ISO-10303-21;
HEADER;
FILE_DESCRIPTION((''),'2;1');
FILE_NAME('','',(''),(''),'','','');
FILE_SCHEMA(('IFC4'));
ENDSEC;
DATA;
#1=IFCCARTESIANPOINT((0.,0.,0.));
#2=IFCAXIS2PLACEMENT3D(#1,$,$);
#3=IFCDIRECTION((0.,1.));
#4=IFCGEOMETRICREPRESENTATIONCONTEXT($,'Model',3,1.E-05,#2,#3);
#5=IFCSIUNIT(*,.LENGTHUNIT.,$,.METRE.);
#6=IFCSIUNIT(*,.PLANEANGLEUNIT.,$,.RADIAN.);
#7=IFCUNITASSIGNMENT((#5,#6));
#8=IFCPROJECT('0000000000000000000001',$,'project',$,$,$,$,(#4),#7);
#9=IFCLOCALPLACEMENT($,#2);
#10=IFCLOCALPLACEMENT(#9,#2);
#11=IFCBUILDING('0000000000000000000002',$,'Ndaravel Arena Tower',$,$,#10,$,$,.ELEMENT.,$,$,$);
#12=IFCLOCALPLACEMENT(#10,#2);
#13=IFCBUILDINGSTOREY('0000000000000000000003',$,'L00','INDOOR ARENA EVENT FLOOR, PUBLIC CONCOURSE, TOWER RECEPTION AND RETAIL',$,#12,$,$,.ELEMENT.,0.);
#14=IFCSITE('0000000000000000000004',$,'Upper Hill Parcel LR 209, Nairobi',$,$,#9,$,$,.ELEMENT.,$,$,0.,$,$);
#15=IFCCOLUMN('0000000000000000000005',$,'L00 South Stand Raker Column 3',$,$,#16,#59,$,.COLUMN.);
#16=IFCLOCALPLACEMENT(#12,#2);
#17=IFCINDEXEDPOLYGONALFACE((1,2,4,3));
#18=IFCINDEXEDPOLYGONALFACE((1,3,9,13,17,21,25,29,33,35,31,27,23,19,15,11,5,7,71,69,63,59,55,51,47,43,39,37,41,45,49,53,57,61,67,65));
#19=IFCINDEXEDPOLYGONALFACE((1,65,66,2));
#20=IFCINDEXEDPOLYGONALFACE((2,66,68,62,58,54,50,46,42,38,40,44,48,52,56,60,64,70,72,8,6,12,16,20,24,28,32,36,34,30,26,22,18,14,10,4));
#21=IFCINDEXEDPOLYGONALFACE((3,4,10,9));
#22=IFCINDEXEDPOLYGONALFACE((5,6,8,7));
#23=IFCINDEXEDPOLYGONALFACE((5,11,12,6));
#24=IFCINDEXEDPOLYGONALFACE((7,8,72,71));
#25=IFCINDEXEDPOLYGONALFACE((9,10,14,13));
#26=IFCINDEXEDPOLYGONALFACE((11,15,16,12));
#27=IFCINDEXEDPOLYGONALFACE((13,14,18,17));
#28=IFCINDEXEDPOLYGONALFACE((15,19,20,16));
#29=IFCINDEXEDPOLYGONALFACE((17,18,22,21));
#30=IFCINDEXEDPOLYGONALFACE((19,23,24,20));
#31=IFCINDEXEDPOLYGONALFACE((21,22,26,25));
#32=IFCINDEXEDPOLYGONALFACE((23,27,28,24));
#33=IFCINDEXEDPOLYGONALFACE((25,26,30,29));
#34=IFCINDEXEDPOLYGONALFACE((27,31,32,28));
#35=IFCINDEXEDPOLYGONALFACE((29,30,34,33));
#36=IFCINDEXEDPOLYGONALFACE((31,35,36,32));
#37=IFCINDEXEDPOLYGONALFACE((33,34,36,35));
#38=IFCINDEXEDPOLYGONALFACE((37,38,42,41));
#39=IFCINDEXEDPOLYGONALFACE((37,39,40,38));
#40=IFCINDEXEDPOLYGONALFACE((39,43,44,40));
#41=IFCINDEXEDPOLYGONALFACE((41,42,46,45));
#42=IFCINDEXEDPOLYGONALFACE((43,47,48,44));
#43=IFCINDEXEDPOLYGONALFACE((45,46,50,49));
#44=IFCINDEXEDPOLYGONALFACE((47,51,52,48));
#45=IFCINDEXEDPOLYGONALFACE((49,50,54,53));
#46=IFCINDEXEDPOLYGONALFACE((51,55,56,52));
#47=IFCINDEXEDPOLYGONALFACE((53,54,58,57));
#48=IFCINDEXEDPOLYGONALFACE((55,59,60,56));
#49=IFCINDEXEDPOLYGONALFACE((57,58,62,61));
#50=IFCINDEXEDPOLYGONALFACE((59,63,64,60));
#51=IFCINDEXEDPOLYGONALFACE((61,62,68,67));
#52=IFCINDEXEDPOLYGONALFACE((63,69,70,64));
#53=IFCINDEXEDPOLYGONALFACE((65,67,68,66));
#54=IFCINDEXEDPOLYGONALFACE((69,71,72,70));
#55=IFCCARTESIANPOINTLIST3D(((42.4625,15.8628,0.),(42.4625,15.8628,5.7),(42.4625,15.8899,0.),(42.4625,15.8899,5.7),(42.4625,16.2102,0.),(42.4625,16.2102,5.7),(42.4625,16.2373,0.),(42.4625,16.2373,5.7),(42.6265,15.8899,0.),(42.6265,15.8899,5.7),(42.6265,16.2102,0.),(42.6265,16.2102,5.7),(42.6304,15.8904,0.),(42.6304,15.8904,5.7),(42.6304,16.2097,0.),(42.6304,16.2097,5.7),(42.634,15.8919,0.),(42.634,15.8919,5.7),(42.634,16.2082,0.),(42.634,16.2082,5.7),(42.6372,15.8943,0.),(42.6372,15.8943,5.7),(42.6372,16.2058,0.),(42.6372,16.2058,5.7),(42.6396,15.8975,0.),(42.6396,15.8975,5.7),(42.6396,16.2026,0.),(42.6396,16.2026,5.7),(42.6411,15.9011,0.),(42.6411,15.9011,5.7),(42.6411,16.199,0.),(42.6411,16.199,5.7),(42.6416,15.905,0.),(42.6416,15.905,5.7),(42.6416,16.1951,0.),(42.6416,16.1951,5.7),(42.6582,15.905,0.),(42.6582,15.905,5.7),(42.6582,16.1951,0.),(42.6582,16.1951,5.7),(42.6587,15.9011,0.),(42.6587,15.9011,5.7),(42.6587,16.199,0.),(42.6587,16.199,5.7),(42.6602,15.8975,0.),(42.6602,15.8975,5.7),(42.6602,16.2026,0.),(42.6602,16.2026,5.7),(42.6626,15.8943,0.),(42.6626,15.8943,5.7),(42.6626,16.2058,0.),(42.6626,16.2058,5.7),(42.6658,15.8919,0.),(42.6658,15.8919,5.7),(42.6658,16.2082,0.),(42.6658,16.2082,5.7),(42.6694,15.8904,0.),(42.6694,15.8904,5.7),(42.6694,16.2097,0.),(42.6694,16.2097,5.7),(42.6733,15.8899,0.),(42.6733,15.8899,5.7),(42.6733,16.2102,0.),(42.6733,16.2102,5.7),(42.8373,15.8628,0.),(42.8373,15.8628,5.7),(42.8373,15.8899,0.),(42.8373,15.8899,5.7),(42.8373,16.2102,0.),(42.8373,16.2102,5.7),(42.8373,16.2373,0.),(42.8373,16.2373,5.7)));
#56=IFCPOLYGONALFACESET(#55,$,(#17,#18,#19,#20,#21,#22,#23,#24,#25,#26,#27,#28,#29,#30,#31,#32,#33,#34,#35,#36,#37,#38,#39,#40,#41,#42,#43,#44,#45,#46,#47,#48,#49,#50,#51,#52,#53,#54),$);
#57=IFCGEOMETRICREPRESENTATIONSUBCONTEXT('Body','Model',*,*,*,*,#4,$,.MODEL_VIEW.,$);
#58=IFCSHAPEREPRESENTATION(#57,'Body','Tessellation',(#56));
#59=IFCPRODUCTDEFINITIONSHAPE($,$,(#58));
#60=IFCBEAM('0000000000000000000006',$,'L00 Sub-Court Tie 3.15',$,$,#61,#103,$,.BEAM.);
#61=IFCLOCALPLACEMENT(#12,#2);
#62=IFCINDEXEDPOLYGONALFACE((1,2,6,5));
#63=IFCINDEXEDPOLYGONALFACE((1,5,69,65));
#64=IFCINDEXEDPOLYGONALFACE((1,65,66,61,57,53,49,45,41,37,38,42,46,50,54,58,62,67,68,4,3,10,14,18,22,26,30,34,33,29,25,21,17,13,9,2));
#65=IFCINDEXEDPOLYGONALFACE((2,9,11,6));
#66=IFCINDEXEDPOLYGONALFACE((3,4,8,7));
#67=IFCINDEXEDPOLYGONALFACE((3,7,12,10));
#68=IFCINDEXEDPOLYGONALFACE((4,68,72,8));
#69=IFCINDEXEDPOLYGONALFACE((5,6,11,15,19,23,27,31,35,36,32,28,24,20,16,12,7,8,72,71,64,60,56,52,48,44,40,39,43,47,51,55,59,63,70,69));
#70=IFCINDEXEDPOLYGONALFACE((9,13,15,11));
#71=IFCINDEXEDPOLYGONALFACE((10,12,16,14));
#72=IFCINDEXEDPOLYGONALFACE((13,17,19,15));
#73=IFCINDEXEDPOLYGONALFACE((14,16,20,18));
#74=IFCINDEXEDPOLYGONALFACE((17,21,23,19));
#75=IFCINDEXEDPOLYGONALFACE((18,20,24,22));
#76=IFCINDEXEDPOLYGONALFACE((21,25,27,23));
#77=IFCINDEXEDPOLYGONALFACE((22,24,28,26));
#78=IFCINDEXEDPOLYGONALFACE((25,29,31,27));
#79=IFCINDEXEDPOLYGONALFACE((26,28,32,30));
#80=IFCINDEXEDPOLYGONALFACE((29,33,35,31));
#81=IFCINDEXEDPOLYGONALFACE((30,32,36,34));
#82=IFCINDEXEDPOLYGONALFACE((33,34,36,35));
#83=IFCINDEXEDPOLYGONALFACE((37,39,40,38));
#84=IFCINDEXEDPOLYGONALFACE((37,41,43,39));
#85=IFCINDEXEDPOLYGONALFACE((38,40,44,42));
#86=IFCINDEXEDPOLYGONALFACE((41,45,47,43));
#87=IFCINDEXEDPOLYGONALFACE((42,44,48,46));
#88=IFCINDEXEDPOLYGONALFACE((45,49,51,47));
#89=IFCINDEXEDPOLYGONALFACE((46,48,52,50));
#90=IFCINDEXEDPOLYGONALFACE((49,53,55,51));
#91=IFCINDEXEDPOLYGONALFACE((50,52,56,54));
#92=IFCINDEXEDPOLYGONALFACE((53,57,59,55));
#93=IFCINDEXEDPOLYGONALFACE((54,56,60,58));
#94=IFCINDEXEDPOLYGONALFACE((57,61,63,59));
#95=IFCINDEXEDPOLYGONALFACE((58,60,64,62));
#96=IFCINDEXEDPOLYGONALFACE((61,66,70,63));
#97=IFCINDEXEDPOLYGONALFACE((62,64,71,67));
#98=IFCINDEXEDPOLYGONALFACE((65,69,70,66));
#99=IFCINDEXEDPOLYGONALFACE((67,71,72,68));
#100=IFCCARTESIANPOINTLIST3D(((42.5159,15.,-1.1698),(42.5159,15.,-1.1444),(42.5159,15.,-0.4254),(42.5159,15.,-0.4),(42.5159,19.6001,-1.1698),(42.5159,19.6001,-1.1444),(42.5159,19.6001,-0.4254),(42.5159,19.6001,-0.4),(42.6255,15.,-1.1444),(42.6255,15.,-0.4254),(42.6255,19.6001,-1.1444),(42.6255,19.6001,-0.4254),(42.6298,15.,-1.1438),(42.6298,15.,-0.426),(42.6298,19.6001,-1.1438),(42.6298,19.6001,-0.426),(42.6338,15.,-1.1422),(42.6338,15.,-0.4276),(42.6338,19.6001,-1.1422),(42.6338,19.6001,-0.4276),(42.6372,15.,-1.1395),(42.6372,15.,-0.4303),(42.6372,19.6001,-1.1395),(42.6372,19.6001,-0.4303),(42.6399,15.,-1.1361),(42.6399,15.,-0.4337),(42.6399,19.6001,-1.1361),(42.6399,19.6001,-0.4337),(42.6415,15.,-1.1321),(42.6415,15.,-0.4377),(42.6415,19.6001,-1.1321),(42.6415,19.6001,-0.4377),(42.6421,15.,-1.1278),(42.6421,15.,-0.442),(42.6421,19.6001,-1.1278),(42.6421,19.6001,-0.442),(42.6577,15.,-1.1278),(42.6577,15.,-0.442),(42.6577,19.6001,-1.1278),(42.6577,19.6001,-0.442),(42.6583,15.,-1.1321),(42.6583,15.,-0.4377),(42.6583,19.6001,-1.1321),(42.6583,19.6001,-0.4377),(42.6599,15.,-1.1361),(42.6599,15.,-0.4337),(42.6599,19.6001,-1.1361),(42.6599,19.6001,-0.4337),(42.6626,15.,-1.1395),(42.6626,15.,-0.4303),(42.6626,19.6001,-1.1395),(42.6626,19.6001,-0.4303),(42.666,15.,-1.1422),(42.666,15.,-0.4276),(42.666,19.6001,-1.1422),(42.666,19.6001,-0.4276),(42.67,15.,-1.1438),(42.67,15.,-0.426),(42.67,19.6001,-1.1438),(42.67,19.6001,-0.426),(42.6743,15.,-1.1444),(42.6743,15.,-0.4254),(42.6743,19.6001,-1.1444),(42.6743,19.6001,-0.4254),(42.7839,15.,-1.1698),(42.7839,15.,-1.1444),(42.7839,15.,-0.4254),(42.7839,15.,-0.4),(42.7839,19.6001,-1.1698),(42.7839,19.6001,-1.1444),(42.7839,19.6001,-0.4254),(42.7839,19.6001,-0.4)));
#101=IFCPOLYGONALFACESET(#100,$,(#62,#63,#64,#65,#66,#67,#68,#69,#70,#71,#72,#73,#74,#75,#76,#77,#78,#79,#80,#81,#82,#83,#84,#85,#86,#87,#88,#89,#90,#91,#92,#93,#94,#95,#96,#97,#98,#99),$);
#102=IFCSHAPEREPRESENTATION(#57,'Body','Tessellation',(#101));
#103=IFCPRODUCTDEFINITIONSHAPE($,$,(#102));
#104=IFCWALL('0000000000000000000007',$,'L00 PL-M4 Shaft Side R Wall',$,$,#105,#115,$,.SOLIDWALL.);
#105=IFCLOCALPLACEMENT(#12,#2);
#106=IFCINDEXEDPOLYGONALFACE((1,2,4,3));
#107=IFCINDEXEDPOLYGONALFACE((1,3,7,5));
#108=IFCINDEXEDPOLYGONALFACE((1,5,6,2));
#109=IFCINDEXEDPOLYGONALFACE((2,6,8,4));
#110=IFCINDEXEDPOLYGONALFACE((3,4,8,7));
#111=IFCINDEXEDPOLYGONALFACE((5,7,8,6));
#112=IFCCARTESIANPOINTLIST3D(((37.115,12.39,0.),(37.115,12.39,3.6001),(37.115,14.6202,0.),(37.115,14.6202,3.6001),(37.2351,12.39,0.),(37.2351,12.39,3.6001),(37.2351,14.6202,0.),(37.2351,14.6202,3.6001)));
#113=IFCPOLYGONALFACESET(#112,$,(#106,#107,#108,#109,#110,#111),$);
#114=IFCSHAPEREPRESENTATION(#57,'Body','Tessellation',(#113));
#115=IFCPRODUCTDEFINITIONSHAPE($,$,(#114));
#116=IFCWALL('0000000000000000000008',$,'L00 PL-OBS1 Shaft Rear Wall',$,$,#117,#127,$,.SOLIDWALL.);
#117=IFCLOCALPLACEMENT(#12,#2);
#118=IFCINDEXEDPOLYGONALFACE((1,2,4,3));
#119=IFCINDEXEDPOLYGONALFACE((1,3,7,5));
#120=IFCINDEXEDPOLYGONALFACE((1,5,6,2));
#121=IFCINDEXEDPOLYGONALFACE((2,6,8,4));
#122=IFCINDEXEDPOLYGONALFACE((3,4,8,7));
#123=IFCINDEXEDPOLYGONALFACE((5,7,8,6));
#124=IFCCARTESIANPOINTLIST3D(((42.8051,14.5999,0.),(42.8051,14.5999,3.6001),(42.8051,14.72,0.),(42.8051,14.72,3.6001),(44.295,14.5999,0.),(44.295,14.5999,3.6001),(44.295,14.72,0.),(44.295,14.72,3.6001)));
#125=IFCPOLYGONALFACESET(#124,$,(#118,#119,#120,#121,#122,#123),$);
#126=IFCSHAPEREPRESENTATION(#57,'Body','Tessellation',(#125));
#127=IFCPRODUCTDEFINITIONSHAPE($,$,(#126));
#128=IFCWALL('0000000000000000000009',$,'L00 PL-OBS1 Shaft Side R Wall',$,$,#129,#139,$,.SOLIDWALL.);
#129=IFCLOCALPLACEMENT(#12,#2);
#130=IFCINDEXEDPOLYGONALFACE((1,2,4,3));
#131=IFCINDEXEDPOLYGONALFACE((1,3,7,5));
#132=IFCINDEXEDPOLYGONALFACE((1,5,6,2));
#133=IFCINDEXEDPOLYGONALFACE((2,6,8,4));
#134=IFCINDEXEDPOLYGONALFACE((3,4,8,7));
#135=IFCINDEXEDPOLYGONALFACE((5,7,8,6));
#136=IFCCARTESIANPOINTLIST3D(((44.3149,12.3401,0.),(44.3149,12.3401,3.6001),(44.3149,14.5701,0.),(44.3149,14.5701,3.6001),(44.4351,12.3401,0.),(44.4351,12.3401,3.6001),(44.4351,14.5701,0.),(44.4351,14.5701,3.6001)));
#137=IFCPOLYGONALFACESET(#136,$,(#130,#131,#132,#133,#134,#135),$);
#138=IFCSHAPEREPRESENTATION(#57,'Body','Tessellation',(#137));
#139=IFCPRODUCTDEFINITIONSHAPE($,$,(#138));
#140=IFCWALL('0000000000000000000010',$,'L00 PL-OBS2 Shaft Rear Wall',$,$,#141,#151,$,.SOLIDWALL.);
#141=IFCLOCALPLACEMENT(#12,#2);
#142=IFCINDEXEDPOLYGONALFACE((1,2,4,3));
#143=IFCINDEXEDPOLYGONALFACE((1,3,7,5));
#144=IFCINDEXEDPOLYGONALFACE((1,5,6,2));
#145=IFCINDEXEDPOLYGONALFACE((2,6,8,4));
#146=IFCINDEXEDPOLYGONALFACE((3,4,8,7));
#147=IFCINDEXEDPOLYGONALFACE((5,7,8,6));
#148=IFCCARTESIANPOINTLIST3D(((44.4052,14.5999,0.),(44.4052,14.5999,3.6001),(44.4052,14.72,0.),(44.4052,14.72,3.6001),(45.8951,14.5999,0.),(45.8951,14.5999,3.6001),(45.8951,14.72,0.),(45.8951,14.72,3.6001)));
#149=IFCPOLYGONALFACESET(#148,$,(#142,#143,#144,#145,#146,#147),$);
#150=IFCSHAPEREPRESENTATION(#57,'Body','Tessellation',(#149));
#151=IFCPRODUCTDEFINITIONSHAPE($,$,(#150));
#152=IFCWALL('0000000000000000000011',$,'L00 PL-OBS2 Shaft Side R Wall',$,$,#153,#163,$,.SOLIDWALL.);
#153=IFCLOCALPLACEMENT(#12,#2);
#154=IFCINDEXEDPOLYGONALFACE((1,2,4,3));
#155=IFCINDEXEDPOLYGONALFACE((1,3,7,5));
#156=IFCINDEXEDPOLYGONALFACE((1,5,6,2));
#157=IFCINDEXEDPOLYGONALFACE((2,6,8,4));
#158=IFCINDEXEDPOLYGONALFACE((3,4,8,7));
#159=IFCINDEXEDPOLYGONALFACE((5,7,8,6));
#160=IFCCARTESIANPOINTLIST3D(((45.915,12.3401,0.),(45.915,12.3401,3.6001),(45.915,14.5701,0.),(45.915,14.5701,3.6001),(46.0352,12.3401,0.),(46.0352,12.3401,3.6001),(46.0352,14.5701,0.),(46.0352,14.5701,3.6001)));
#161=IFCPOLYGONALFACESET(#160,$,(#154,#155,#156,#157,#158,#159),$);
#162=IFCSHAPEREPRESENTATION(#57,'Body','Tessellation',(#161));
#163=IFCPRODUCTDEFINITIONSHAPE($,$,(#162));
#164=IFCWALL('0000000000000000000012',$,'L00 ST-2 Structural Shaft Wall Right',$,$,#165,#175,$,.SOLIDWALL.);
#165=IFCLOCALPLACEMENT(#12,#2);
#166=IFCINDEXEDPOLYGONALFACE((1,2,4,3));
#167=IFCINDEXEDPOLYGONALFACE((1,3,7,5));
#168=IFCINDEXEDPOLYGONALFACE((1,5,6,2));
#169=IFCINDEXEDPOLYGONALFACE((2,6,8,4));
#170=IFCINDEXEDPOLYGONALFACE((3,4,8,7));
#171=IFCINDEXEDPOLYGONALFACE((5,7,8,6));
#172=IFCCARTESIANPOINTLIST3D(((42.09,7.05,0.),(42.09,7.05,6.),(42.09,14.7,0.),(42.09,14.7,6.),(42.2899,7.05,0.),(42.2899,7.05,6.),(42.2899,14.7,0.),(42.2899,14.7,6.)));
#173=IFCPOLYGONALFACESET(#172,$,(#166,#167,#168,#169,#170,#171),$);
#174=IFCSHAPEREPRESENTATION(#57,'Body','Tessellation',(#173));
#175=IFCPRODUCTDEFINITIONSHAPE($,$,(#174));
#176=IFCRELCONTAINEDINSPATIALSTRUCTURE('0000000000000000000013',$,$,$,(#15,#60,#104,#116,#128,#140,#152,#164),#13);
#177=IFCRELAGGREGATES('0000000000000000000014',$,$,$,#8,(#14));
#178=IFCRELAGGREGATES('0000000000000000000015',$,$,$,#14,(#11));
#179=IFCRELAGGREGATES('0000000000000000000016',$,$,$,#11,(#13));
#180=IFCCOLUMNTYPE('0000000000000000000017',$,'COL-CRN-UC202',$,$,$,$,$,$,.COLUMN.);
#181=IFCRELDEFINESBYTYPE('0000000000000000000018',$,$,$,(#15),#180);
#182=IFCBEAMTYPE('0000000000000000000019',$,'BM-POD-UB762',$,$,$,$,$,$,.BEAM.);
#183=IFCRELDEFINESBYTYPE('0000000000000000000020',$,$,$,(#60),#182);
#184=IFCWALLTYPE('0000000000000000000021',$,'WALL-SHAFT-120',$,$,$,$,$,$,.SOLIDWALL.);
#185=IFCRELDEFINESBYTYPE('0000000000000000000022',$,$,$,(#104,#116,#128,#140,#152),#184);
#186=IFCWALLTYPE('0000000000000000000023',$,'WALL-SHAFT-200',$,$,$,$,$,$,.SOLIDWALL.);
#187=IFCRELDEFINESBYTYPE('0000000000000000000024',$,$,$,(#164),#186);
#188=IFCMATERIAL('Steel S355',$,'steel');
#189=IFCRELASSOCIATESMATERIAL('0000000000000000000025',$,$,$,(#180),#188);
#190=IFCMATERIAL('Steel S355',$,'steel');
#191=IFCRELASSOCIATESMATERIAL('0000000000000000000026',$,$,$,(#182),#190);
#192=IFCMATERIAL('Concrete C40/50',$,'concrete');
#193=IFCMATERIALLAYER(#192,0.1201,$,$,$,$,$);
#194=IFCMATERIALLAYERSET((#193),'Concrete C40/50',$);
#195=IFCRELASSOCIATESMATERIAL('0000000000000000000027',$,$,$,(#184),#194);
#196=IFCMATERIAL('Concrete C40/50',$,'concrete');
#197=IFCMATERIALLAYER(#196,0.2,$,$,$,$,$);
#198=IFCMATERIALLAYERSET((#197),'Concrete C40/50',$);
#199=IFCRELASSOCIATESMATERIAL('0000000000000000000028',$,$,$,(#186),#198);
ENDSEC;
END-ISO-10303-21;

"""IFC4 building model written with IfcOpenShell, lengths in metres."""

from ifc_helpers import new_model, si_unit, direction, frame, frame_2d, origin, origin_2d, place, context, subcontext, project, spatial, rectangle, i_section, extrude, material, layer, layer_set, material_profile, profile_set, type_object, element, save


model = new_model("IFC4")

# Units and contexts
model_context = context("Model", 3, precision=1e-05, world=origin(), true_north=direction((0.0, 1.0)))
body_context = subcontext(model_context, "Body", "Model", "MODEL_VIEW")
ifc_project = project(units=[si_unit("LENGTHUNIT", "METRE"), si_unit("PLANEANGLEUNIT", "RADIAN")], contexts=[model_context])

# Site, building, storey
site_placement = place(None, origin())
site = spatial("IfcSite", under=ifc_project, at=site_placement, Name="Upper Hill Parcel LR 209, Nairobi", CompositionType="ELEMENT", RefElevation=0.0)
building_placement = place(site_placement, origin())
building = spatial("IfcBuilding", under=site, at=building_placement, Name="Ndaravel Arena Tower", CompositionType="ELEMENT")
storey_placement = place(building_placement, origin())
storey = spatial("IfcBuildingStorey", under=building, at=storey_placement, Name="L00", Description="INDOOR ARENA EVENT FLOOR, PUBLIC CONCOURSE, TOWER RECEPTION AND RETAIL", CompositionType="ELEMENT", Elevation=0.0)

# Column
ifc_material_1 = material(Name="Steel S355", Category="steel")
ifc_material_profile_1 = material_profile(ifc_material_1, i_section(OverallWidth=0.3748, OverallDepth=0.3745, WebThickness=0.0166, FlangeThickness=0.0271, FilletRadius=0.0151, at=origin_2d()), Name="UC 356x368x202")
ifc_profile_set_1 = profile_set([ifc_material_profile_1], Name="Steel S355")
column_type = type_object("IfcColumnType", Name="COL-CRN-UC202", PredefinedType="COLUMN", material=ifc_profile_set_1)
column_placement = place(storey_placement, frame((42.6499, 16.05, 0.0), z_axis=(0.0, 0.0, 1.0), x_axis=(1.0, 0.0, 0.0)))
element("IfcColumn", 1, at=column_placement, inside=storey, type_object=column_type, Name="L00 South Stand Raker Column 3", PredefinedType="COLUMN", context=body_context, shape_type="SweptSolid", body=[
    extrude(i_section(OverallWidth=0.3748, OverallDepth=0.3745, WebThickness=0.0166, FlangeThickness=0.0271, FilletRadius=0.0151, at=origin_2d()), origin(), (0.0, 0.0, 1.0), 5.7),
])

# Beam
ifc_material_2 = material(Name="Steel S355", Category="steel")
ifc_material_profile_2 = material_profile(ifc_material_2, i_section(OverallWidth=0.2681, OverallDepth=0.7698, WebThickness=0.0156, FlangeThickness=0.0254, FilletRadius=0.0166, at=origin_2d()), Name="UB 762x267x197")
ifc_profile_set_2 = profile_set([ifc_material_profile_2], Name="Steel S355")
beam_type = type_object("IfcBeamType", Name="BM-POD-UB762", PredefinedType="BEAM", material=ifc_profile_set_2)
beam_placement = place(storey_placement, frame((42.6499, 15.0, -0.7849), z_axis=(0.0, 1.0, 0.0), x_axis=(-1.0, 0.0, 0.0)))
element("IfcBeam", 2, at=beam_placement, inside=storey, type_object=beam_type, Name="L00 Sub-Court Tie 3.15", PredefinedType="BEAM", context=body_context, shape_type="SweptSolid", body=[
    extrude(i_section(OverallWidth=0.2681, OverallDepth=0.7698, WebThickness=0.0156, FlangeThickness=0.0254, FilletRadius=0.0166, at=origin_2d()), origin(), (0.0, 0.0, 1.0), 4.6001),
])

# Walls
ifc_material_3 = material(Name="Concrete C40/50", Category="concrete")
ifc_layer_1 = layer(ifc_material_3, 0.1201)
ifc_layer_set_1 = layer_set([ifc_layer_1], Name="Concrete C40/50")
wall_type_1 = type_object("IfcWallType", Name="WALL-SHAFT-120", PredefinedType="SOLIDWALL", material=ifc_layer_set_1)
wall_1_placement = place(storey_placement, frame((37.175, 12.3899, 0.0), z_axis=(0.0, 0.0, 1.0), x_axis=(0.0, 1.0, 0.0)))
element("IfcWall", 3, at=wall_1_placement, inside=storey, type_object=wall_type_1, Name="L00 PL-M4 Shaft Side R Wall", PredefinedType="SOLIDWALL", context=body_context, shape_type="SweptSolid", body=[
    extrude(rectangle(XDim=2.2302, YDim=0.1201, at=frame_2d((1.1152, 0.0))), origin(), (0.0, 0.0, 1.0), 3.6001),
])
wall_2_placement = place(storey_placement, frame((42.8049, 14.6599, 0.0), z_axis=(0.0, 0.0, 1.0), x_axis=(1.0, 0.0, 0.0)))
element("IfcWall", 4, at=wall_2_placement, inside=storey, type_object=wall_type_1, Name="L00 PL-OBS1 Shaft Rear Wall", PredefinedType="SOLIDWALL", context=body_context, shape_type="SweptSolid", body=[
    extrude(rectangle(XDim=1.49, YDim=0.1201, at=frame_2d((0.7451, 0.0))), origin(), (0.0, 0.0, 1.0), 3.6001),
])
wall_3_placement = place(storey_placement, frame((44.375, 12.3401, 0.0), z_axis=(0.0, 0.0, 1.0), x_axis=(0.0, 1.0, 0.0)))
element("IfcWall", 5, at=wall_3_placement, inside=storey, type_object=wall_type_1, Name="L00 PL-OBS1 Shaft Side R Wall", PredefinedType="SOLIDWALL", context=body_context, shape_type="SweptSolid", body=[
    extrude(rectangle(XDim=2.23, YDim=0.1201, at=frame_2d((1.115, 0.0))), origin(), (0.0, 0.0, 1.0), 3.6001),
])
wall_4_placement = place(storey_placement, frame((44.405, 14.6599, 0.0), z_axis=(0.0, 0.0, 1.0), x_axis=(1.0, 0.0, 0.0)))
element("IfcWall", 6, at=wall_4_placement, inside=storey, type_object=wall_type_1, Name="L00 PL-OBS2 Shaft Rear Wall", PredefinedType="SOLIDWALL", context=body_context, shape_type="SweptSolid", body=[
    extrude(rectangle(XDim=1.49, YDim=0.1201, at=frame_2d((0.7451, 0.0))), origin(), (0.0, 0.0, 1.0), 3.6001),
])
wall_5_placement = place(storey_placement, frame((45.9751, 12.3401, 0.0), z_axis=(0.0, 0.0, 1.0), x_axis=(0.0, 1.0, 0.0)))
element("IfcWall", 7, at=wall_5_placement, inside=storey, type_object=wall_type_1, Name="L00 PL-OBS2 Shaft Side R Wall", PredefinedType="SOLIDWALL", context=body_context, shape_type="SweptSolid", body=[
    extrude(rectangle(XDim=2.23, YDim=0.1201, at=frame_2d((1.115, 0.0))), origin(), (0.0, 0.0, 1.0), 3.6001),
])
ifc_material_4 = material(Name="Concrete C40/50", Category="concrete")
ifc_layer_2 = layer(ifc_material_4, 0.2)
ifc_layer_set_2 = layer_set([ifc_layer_2], Name="Concrete C40/50")
wall_type_2 = type_object("IfcWallType", Name="WALL-SHAFT-200", PredefinedType="SOLIDWALL", material=ifc_layer_set_2)
wall_6_placement = place(storey_placement, frame((42.1899, 14.7, 0.0), z_axis=(0.0, 0.0, 1.0), x_axis=(0.0, -1.0, 0.0)))
element("IfcWall", 8, at=wall_6_placement, inside=storey, type_object=wall_type_2, Name="L00 ST-2 Structural Shaft Wall Right", PredefinedType="SOLIDWALL", context=body_context, shape_type="SweptSolid", body=[
    extrude(rectangle(XDim=7.6499, YDim=0.2, at=frame_2d((3.825, 0.0))), origin(), (0.0, 0.0, 1.0), 6.0),
])

save(model, "model.ifc")
